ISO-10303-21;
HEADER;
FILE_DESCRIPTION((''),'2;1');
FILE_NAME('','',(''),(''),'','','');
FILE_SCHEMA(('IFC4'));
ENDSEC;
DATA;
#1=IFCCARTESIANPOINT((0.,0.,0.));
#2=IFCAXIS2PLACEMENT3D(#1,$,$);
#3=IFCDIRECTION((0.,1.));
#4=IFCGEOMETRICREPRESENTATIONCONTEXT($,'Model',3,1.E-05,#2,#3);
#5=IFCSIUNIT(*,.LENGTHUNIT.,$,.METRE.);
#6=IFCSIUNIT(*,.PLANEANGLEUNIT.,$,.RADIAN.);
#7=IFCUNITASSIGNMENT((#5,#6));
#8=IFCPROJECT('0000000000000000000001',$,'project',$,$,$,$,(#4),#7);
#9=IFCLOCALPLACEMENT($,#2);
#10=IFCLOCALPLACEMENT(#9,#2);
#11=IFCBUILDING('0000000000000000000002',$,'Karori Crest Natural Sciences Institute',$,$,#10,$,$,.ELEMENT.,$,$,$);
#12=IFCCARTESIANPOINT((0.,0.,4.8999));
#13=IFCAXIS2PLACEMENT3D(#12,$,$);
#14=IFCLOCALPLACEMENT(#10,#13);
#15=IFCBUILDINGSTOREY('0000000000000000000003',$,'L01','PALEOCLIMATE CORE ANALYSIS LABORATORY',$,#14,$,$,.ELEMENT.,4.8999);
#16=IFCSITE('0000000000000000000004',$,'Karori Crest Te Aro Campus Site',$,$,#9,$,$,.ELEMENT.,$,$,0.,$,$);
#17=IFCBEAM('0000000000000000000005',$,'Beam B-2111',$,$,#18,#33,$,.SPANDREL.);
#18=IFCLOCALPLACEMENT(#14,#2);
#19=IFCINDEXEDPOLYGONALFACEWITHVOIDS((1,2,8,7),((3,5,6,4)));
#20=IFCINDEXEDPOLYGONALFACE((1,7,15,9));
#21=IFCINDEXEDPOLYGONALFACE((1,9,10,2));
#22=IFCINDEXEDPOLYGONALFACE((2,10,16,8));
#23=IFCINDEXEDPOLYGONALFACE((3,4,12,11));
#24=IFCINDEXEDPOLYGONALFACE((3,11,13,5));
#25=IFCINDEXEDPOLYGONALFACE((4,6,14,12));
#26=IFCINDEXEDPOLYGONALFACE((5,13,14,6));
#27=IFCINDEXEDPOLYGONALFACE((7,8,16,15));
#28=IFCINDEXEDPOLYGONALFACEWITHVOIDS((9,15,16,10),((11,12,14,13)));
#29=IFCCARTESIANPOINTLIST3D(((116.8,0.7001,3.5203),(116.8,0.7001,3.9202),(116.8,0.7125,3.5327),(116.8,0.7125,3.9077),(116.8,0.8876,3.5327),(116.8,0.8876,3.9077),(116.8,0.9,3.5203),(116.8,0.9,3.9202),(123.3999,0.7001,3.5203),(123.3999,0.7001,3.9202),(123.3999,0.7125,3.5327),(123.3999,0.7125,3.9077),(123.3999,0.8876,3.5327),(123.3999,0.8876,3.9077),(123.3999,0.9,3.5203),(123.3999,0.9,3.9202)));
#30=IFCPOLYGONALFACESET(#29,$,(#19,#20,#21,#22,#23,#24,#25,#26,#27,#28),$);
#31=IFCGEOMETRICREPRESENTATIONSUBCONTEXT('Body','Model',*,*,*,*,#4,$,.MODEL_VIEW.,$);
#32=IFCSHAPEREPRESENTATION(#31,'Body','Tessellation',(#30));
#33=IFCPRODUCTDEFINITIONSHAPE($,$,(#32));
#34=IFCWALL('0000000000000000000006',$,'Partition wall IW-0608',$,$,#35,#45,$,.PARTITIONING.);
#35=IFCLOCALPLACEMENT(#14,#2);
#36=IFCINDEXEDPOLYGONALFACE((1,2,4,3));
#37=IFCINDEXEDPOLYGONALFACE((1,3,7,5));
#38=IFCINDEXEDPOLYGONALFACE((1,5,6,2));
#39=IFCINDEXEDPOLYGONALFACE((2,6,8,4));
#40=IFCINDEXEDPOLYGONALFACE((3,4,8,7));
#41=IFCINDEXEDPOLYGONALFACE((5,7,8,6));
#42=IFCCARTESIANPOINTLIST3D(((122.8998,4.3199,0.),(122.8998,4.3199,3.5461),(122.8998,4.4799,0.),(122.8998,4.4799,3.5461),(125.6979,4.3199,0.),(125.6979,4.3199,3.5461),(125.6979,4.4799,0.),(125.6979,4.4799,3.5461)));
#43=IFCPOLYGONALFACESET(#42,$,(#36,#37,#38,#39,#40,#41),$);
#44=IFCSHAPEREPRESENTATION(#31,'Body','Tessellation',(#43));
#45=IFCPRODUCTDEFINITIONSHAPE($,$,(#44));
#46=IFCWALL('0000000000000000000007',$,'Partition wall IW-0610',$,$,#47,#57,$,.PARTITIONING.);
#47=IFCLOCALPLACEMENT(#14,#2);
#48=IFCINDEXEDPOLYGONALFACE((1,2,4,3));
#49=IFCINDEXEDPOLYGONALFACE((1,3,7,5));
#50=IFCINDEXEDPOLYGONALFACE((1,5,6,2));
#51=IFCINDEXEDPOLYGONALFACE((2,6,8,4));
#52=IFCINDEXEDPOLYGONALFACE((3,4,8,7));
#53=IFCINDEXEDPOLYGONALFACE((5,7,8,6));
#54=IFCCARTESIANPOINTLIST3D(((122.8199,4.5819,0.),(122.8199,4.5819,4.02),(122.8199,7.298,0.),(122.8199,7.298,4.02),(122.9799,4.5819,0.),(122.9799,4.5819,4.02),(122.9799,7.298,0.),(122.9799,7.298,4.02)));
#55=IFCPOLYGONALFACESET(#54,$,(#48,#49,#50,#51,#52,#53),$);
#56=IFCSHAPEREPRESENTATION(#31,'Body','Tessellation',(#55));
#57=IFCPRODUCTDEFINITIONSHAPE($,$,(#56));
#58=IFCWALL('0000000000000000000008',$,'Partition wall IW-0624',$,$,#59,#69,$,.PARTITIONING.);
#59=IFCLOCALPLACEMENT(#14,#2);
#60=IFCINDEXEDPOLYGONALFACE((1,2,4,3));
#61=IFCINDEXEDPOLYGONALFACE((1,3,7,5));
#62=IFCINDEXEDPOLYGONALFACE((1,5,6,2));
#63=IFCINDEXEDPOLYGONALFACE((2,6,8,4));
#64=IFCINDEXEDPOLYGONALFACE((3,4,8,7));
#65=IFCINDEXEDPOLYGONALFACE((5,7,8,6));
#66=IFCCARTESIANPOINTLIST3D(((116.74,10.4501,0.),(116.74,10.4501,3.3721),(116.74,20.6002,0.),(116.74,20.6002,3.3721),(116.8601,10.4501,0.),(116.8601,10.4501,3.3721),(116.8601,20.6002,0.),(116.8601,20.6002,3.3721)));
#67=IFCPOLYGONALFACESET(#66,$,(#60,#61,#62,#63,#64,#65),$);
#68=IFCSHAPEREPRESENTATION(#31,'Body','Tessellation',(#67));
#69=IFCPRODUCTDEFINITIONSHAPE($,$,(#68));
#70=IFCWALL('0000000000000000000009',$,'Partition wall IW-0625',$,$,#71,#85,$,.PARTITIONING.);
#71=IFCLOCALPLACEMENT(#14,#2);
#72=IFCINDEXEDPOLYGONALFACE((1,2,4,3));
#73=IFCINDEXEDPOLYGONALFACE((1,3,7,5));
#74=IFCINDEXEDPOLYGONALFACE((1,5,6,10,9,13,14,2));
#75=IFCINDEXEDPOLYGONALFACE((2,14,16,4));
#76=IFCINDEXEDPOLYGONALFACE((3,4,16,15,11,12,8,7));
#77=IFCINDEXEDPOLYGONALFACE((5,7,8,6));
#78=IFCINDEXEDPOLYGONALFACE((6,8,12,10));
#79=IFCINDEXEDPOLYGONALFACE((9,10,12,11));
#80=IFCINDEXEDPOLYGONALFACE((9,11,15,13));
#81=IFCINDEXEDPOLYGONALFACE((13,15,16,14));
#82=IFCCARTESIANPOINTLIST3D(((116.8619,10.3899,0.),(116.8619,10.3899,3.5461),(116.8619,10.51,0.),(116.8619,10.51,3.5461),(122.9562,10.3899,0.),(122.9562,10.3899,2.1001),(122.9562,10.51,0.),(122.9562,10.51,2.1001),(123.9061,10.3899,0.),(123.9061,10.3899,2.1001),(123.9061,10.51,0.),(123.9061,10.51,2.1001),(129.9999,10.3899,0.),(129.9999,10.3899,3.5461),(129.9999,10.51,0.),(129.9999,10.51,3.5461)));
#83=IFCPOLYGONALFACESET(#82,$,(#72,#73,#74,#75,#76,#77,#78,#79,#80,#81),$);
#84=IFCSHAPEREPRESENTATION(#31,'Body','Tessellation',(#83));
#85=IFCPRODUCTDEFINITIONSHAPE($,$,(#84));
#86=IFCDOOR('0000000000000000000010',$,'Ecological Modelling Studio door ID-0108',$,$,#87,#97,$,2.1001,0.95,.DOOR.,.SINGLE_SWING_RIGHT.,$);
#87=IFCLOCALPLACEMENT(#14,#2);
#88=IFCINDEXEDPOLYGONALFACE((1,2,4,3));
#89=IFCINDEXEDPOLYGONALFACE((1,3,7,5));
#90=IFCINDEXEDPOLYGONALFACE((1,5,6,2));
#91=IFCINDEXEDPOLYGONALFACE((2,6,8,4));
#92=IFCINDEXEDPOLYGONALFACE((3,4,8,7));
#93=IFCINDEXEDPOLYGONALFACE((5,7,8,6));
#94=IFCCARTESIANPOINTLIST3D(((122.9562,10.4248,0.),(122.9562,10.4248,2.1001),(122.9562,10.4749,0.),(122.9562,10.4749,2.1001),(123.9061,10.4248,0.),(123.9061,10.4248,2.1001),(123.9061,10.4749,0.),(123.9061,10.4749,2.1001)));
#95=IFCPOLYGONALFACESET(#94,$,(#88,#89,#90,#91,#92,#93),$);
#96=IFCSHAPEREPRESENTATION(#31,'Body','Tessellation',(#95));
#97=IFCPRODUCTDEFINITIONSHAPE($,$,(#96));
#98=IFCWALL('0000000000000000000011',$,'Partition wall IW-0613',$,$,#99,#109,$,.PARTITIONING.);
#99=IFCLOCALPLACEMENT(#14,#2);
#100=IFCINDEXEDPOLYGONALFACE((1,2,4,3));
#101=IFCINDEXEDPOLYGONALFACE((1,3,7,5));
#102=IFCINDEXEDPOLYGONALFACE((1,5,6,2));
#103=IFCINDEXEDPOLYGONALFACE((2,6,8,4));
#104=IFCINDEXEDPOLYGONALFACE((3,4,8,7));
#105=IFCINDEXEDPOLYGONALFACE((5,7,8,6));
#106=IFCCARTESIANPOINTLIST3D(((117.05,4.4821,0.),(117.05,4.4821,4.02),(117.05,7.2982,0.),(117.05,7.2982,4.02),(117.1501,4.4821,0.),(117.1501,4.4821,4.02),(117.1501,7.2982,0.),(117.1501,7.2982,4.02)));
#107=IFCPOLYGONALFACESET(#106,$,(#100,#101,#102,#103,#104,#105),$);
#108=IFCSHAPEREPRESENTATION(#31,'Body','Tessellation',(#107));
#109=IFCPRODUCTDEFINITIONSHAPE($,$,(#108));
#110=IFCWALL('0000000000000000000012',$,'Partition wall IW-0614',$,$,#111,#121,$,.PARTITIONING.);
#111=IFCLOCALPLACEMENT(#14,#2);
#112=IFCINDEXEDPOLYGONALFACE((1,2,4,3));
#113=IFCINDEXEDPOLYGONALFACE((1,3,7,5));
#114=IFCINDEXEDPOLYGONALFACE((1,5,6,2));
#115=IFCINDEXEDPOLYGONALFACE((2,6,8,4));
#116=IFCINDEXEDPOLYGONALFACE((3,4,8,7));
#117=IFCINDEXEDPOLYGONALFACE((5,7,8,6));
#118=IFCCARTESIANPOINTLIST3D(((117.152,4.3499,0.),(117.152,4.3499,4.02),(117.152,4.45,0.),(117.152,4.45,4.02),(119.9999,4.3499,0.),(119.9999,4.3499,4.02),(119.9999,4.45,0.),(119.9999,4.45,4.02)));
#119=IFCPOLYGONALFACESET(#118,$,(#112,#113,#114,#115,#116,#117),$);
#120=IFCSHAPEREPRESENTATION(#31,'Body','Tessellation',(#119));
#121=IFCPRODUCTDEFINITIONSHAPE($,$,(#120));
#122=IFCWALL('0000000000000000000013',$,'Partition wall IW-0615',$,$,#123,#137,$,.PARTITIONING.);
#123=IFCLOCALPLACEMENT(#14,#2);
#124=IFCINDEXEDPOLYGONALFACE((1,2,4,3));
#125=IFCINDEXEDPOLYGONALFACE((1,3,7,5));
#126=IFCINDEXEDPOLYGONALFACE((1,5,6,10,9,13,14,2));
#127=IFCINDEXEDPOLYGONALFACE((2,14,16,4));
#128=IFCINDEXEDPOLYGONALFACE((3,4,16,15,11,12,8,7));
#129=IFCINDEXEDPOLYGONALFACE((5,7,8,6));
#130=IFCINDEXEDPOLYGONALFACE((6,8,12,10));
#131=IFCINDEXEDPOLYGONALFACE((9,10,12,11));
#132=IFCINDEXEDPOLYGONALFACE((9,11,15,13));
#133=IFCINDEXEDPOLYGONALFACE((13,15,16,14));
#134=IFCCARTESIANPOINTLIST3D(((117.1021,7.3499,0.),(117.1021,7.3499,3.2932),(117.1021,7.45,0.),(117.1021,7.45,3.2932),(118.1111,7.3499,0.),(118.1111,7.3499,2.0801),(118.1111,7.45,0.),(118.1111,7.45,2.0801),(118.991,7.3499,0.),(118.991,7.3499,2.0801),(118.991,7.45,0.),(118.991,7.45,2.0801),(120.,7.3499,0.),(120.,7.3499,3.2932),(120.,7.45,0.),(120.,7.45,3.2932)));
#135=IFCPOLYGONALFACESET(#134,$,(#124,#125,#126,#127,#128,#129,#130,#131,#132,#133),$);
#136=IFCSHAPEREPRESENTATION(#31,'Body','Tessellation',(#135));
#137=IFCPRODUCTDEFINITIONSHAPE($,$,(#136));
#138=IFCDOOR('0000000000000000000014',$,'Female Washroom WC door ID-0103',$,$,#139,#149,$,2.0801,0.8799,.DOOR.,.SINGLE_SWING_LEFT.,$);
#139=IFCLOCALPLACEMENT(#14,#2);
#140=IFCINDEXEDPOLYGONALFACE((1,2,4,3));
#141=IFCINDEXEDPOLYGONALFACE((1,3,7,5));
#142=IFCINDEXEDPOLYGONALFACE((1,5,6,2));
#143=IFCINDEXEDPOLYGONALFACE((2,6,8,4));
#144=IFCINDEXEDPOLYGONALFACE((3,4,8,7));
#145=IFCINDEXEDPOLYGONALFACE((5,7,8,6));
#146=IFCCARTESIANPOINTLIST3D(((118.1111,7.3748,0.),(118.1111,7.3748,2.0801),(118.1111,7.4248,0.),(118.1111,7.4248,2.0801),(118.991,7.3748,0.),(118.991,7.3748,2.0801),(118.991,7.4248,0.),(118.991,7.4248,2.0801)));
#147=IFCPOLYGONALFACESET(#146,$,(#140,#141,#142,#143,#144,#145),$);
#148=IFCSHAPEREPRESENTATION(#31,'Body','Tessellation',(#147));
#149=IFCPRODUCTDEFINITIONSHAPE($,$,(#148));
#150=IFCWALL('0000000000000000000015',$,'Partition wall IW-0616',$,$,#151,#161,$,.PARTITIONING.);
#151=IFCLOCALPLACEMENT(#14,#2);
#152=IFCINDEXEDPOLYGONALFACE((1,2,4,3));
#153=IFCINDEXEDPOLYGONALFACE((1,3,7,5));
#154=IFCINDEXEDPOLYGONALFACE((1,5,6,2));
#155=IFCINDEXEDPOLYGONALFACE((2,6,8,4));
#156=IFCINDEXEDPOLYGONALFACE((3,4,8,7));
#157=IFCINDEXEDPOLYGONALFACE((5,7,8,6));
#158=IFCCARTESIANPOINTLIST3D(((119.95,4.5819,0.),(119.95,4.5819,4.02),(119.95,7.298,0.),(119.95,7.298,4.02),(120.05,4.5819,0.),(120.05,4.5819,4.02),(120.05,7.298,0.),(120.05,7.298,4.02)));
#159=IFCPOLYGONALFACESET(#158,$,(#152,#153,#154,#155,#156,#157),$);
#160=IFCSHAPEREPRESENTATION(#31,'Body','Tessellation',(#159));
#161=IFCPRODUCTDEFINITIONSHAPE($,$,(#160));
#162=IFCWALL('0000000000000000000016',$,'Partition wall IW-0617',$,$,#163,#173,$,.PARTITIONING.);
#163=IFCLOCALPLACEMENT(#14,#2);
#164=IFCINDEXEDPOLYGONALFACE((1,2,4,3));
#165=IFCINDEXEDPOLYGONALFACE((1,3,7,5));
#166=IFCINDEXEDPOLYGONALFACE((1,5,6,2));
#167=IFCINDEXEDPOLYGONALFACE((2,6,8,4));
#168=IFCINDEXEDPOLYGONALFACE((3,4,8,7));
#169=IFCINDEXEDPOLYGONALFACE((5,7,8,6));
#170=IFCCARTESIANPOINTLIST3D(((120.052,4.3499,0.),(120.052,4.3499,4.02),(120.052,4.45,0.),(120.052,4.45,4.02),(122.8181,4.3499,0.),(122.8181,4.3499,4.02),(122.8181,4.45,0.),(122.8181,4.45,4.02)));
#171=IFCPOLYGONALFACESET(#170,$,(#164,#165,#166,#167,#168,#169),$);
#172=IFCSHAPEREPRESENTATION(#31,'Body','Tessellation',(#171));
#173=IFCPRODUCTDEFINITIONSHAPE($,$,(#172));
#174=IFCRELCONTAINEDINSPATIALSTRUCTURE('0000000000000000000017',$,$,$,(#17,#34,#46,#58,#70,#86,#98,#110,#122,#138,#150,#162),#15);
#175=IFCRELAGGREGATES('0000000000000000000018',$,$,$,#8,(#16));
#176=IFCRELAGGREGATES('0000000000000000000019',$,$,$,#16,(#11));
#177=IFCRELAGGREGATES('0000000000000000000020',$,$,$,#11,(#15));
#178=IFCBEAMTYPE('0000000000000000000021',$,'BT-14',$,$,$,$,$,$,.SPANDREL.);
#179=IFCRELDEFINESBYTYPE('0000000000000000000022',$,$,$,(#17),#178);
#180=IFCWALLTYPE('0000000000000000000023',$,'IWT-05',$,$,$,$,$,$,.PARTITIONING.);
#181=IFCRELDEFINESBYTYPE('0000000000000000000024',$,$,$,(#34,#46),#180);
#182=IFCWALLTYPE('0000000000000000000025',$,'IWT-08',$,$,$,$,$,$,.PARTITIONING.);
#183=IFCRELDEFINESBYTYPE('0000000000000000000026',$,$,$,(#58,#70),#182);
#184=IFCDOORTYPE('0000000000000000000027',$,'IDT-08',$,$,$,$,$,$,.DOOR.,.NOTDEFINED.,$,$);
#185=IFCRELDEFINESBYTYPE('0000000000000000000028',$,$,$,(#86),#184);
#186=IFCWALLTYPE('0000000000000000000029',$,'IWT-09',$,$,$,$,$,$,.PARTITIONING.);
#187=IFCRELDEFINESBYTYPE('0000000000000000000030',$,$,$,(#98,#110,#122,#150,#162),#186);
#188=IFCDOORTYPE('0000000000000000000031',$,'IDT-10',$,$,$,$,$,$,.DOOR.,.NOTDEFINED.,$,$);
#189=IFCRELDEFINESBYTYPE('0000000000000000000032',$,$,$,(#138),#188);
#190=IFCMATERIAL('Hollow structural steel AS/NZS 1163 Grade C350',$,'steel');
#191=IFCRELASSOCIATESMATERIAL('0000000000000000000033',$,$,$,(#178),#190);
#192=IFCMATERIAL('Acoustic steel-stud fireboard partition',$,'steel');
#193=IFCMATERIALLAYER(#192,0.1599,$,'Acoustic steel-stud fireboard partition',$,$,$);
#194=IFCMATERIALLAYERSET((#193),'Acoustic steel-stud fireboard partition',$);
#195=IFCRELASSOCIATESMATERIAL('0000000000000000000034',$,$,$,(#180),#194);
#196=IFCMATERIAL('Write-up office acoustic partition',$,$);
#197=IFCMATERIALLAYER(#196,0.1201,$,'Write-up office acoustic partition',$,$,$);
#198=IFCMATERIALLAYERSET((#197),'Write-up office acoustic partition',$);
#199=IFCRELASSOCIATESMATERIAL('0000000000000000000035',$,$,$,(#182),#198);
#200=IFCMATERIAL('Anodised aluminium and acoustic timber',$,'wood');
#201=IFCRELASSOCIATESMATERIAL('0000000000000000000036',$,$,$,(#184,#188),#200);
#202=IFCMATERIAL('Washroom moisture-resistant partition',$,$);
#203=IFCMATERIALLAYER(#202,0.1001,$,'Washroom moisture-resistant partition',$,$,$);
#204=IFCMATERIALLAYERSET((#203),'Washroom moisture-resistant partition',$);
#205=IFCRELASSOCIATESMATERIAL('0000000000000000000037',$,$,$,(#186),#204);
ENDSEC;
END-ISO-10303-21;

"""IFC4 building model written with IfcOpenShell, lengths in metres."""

from ifc_helpers import new_model, si_unit, direction, frame, frame_2d, origin, origin_2d, place, context, subcontext, project, spatial, rectangle, hollow_rectangle, extrude, material, layer, layer_set, material_profile, profile_set, type_object, element, fill, save


model = new_model("IFC4")

# Units and contexts
model_context = context("Model", 3, precision=1e-05, world=origin(), true_north=direction((0.0, 1.0)))
body_context = subcontext(model_context, "Body", "Model", "MODEL_VIEW")
ifc_project = project(units=[si_unit("LENGTHUNIT", "METRE"), si_unit("PLANEANGLEUNIT", "RADIAN")], contexts=[model_context])

# Site, building, storey
site_placement = place(None, origin())
site = spatial("IfcSite", under=ifc_project, at=site_placement, Name="Karori Crest Te Aro Campus Site", CompositionType="ELEMENT", RefElevation=0.0)
building_placement = place(site_placement, origin())
building = spatial("IfcBuilding", under=site, at=building_placement, Name="Karori Crest Natural Sciences Institute", CompositionType="ELEMENT")
storey_placement = place(building_placement, frame((0.0, 0.0, 4.8999)))
storey = spatial("IfcBuildingStorey", under=building, at=storey_placement, Name="L01", Description="PALEOCLIMATE CORE ANALYSIS LABORATORY", CompositionType="ELEMENT", Elevation=4.8999)

# Beam
ifc_material_1 = material(Name="Hollow structural steel AS/NZS 1163 Grade C350", Category="steel")
ifc_material_profile_1 = material_profile(ifc_material_1, hollow_rectangle(XDim=0.2, YDim=0.3999, WallThickness=0.0125, at=origin_2d()), Name="RHS400x200x12.5")
ifc_profile_set_1 = profile_set([ifc_material_profile_1], Name="Hollow structural steel AS/NZS 1163 Grade C350")
beam_type_1 = type_object("IfcBeamType", Name="BT-14", PredefinedType="SPANDREL", material=ifc_profile_set_1)
beam_1_placement = place(storey_placement, frame((116.8, 0.8, 3.7202), z_axis=(1.0, 0.0, 0.0), x_axis=(0.0, 1.0, 0.0)))
element("IfcBeam", 1, at=beam_1_placement, inside=storey, type_object=beam_type_1, Name="Beam B-2111", PredefinedType="SPANDREL", context=body_context, shape_type="SweptSolid", body=[
    extrude(hollow_rectangle(XDim=0.2, YDim=0.3999, WallThickness=0.0125, at=origin_2d()), origin(), (0.0, 0.0, 1.0), 6.5999),
])

# Wall
ifc_material_2 = material(Name="Acoustic steel-stud fireboard partition", Category="steel")
ifc_layer_1 = layer(ifc_material_2, 0.1599, Name="Acoustic steel-stud fireboard partition")
ifc_layer_set_1 = layer_set([ifc_layer_1], Name="Acoustic steel-stud fireboard partition")
wall_type_1 = type_object("IfcWallType", Name="IWT-05", PredefinedType="PARTITIONING", material=ifc_layer_set_1)
wall_1_placement = place(storey_placement, frame((122.8999, 4.3999, 0.0), z_axis=(0.0, 0.0, 1.0), x_axis=(1.0, 0.0, 0.0)))
element("IfcWall", 2, at=wall_1_placement, inside=storey, type_object=wall_type_1, Name="Partition wall IW-0608", PredefinedType="PARTITIONING", context=body_context, shape_type="SweptSolid", body=[
    extrude(rectangle(XDim=2.7981, YDim=0.1599, at=frame_2d((1.3989, 0.0))), origin(), (0.0, 0.0, 1.0), 3.5461),
])

# Walls
wall_2_placement = place(storey_placement, frame((122.8999, 4.582, 0.0), z_axis=(0.0, 0.0, 1.0), x_axis=(0.0, 1.0, 0.0)))
element("IfcWall", 3, at=wall_2_placement, inside=storey, type_object=wall_type_1, Name="Partition wall IW-0610", PredefinedType="PARTITIONING", context=body_context, shape_type="SweptSolid", body=[
    extrude(rectangle(XDim=2.7161, YDim=0.1599, at=frame_2d((1.3579, 0.0))), origin(), (0.0, 0.0, 1.0), 4.02),
])
ifc_material_3 = material(Name="Write-up office acoustic partition")
ifc_layer_2 = layer(ifc_material_3, 0.1201, Name="Write-up office acoustic partition")
ifc_layer_set_2 = layer_set([ifc_layer_2], Name="Write-up office acoustic partition")
wall_type_2 = type_object("IfcWallType", Name="IWT-08", PredefinedType="PARTITIONING", material=ifc_layer_set_2)
wall_3_placement = place(storey_placement, frame((116.8, 10.45, 0.0), z_axis=(0.0, 0.0, 1.0), x_axis=(0.0, 1.0, 0.0)))
element("IfcWall", 4, at=wall_3_placement, inside=storey, type_object=wall_type_2, Name="Partition wall IW-0624", PredefinedType="PARTITIONING", context=body_context, shape_type="SweptSolid", body=[
    extrude(rectangle(XDim=10.1501, YDim=0.1201, at=frame_2d((5.0752, 0.0))), origin(), (0.0, 0.0, 1.0), 3.3721),
])

# Wall, opening, door
wall_4_placement = place(storey_placement, frame((116.8621, 10.45, 0.0), z_axis=(0.0, 0.0, 1.0), x_axis=(1.0, 0.0, 0.0)))
wall_4 = element("IfcWall", 5, at=wall_4_placement, inside=storey, type_object=wall_type_2, Name="Partition wall IW-0625", PredefinedType="PARTITIONING", context=body_context, shape_type="SweptSolid", body=[
    extrude(rectangle(XDim=13.1379, YDim=0.1201, at=frame_2d((6.5688, 0.0))), origin(), (0.0, 0.0, 1.0), 3.5461),
])
opening_1_placement = place(wall_4_placement, frame((6.094, 0.0, 0.0)))
opening_1 = element("IfcOpeningElement", 6, at=opening_1_placement, cuts=wall_4, PredefinedType="OPENING", context=body_context, shape_type="SweptSolid", body=[
    extrude(rectangle(XDim=0.95, YDim=2.1001, at=frame_2d((0.4751, 1.05))), frame((0.0, 0.0701, 0.0), z_axis=(0.0, -1.0, 0.0), x_axis=(1.0, 0.0, 0.0)), (0.0, 0.0, 1.0), 0.1401),
])
ifc_material_4 = material(Name="Anodised aluminium and acoustic timber", Category="wood")
door_type_1 = type_object("IfcDoorType", Name="IDT-08", OperationType="NOTDEFINED", PredefinedType="DOOR", material=ifc_material_4)
door_1_placement = place(opening_1_placement, origin())
door_1 = element("IfcDoor", 7, at=door_1_placement, inside=storey, type_object=door_type_1, Name="Ecological Modelling Studio door ID-0108", OperationType="SINGLE_SWING_RIGHT", OverallHeight=2.1001, OverallWidth=0.95, PredefinedType="DOOR", context=body_context, shape_type="SweptSolid", body=[
    extrude(rectangle(XDim=0.95, YDim=2.1001, at=frame_2d((0.4751, 1.05))), frame((0.0, 0.0249, 0.0), z_axis=(0.0, -1.0, 0.0), x_axis=(1.0, 0.0, 0.0)), (0.0, 0.0, 1.0), 0.05),
])
fill(opening_1, door_1)

# Walls
ifc_material_5 = material(Name="Washroom moisture-resistant partition")
ifc_layer_3 = layer(ifc_material_5, 0.1001, Name="Washroom moisture-resistant partition")
ifc_layer_set_3 = layer_set([ifc_layer_3], Name="Washroom moisture-resistant partition")
wall_type_3 = type_object("IfcWallType", Name="IWT-09", PredefinedType="PARTITIONING", material=ifc_layer_set_3)
wall_5_placement = place(storey_placement, frame((117.1001, 4.4819, 0.0), z_axis=(0.0, 0.0, 1.0), x_axis=(0.0, 1.0, 0.0)))
element("IfcWall", 8, at=wall_5_placement, inside=storey, type_object=wall_type_3, Name="Partition wall IW-0613", PredefinedType="PARTITIONING", context=body_context, shape_type="SweptSolid", body=[
    extrude(rectangle(XDim=2.8162, YDim=0.1001, at=frame_2d((1.4082, 0.0))), origin(), (0.0, 0.0, 1.0), 4.02),
])
wall_6_placement = place(storey_placement, frame((117.1521, 4.3999, 0.0), z_axis=(0.0, 0.0, 1.0), x_axis=(1.0, 0.0, 0.0)))
element("IfcWall", 9, at=wall_6_placement, inside=storey, type_object=wall_type_3, Name="Partition wall IW-0614", PredefinedType="PARTITIONING", context=body_context, shape_type="SweptSolid", body=[
    extrude(rectangle(XDim=2.8479, YDim=0.1001, at=frame_2d((1.4238, 0.0))), origin(), (0.0, 0.0, 1.0), 4.02),
])

# Wall, opening, door
wall_7_placement = place(storey_placement, frame((117.1021, 7.3999, 0.0), z_axis=(0.0, 0.0, 1.0), x_axis=(1.0, 0.0, 0.0)))
wall_7 = element("IfcWall", 10, at=wall_7_placement, inside=storey, type_object=wall_type_3, Name="Partition wall IW-0615", PredefinedType="PARTITIONING", context=body_context, shape_type="SweptSolid", body=[
    extrude(rectangle(XDim=2.8979, YDim=0.1001, at=frame_2d((1.449, 0.0))), origin(), (0.0, 0.0, 1.0), 3.2932),
])
opening_2_placement = place(wall_7_placement, frame((1.009, 0.0, 0.0)))
opening_2 = element("IfcOpeningElement", 11, at=opening_2_placement, cuts=wall_7, PredefinedType="OPENING", context=body_context, shape_type="SweptSolid", body=[
    extrude(rectangle(XDim=0.8799, YDim=2.0801, at=frame_2d((0.4399, 1.04))), frame((0.0, 0.0601, 0.0), z_axis=(0.0, -1.0, 0.0), x_axis=(1.0, 0.0, 0.0)), (0.0, 0.0, 1.0), 0.1201),
])
door_type_2 = type_object("IfcDoorType", Name="IDT-10", OperationType="NOTDEFINED", PredefinedType="DOOR", material=ifc_material_4)
door_2_placement = place(opening_2_placement, origin())
door_2 = element("IfcDoor", 12, at=door_2_placement, inside=storey, type_object=door_type_2, Name="Female Washroom WC door ID-0103", OperationType="SINGLE_SWING_LEFT", OverallHeight=2.0801, OverallWidth=0.8799, PredefinedType="DOOR", context=body_context, shape_type="SweptSolid", body=[
    extrude(rectangle(XDim=0.8799, YDim=2.0801, at=frame_2d((0.4399, 1.04))), frame((0.0, 0.0249, 0.0), z_axis=(0.0, -1.0, 0.0), x_axis=(1.0, 0.0, 0.0)), (0.0, 0.0, 1.0), 0.05),
])
fill(opening_2, door_2)

# Walls
wall_8_placement = place(storey_placement, frame((120.0, 4.582, 0.0), z_axis=(0.0, 0.0, 1.0), x_axis=(0.0, 1.0, 0.0)))
element("IfcWall", 13, at=wall_8_placement, inside=storey, type_object=wall_type_3, Name="Partition wall IW-0616", PredefinedType="PARTITIONING", context=body_context, shape_type="SweptSolid", body=[
    extrude(rectangle(XDim=2.7161, YDim=0.1001, at=frame_2d((1.3579, 0.0))), origin(), (0.0, 0.0, 1.0), 4.02),
])
wall_9_placement = place(storey_placement, frame((120.052, 4.3999, 0.0), z_axis=(0.0, 0.0, 1.0), x_axis=(1.0, 0.0, 0.0)))
element("IfcWall", 14, at=wall_9_placement, inside=storey, type_object=wall_type_3, Name="Partition wall IW-0617", PredefinedType="PARTITIONING", context=body_context, shape_type="SweptSolid", body=[
    extrude(rectangle(XDim=2.7661, YDim=0.1001, at=frame_2d((1.3831, 0.0))), origin(), (0.0, 0.0, 1.0), 4.02),
])

save(model, "model.ifc")
